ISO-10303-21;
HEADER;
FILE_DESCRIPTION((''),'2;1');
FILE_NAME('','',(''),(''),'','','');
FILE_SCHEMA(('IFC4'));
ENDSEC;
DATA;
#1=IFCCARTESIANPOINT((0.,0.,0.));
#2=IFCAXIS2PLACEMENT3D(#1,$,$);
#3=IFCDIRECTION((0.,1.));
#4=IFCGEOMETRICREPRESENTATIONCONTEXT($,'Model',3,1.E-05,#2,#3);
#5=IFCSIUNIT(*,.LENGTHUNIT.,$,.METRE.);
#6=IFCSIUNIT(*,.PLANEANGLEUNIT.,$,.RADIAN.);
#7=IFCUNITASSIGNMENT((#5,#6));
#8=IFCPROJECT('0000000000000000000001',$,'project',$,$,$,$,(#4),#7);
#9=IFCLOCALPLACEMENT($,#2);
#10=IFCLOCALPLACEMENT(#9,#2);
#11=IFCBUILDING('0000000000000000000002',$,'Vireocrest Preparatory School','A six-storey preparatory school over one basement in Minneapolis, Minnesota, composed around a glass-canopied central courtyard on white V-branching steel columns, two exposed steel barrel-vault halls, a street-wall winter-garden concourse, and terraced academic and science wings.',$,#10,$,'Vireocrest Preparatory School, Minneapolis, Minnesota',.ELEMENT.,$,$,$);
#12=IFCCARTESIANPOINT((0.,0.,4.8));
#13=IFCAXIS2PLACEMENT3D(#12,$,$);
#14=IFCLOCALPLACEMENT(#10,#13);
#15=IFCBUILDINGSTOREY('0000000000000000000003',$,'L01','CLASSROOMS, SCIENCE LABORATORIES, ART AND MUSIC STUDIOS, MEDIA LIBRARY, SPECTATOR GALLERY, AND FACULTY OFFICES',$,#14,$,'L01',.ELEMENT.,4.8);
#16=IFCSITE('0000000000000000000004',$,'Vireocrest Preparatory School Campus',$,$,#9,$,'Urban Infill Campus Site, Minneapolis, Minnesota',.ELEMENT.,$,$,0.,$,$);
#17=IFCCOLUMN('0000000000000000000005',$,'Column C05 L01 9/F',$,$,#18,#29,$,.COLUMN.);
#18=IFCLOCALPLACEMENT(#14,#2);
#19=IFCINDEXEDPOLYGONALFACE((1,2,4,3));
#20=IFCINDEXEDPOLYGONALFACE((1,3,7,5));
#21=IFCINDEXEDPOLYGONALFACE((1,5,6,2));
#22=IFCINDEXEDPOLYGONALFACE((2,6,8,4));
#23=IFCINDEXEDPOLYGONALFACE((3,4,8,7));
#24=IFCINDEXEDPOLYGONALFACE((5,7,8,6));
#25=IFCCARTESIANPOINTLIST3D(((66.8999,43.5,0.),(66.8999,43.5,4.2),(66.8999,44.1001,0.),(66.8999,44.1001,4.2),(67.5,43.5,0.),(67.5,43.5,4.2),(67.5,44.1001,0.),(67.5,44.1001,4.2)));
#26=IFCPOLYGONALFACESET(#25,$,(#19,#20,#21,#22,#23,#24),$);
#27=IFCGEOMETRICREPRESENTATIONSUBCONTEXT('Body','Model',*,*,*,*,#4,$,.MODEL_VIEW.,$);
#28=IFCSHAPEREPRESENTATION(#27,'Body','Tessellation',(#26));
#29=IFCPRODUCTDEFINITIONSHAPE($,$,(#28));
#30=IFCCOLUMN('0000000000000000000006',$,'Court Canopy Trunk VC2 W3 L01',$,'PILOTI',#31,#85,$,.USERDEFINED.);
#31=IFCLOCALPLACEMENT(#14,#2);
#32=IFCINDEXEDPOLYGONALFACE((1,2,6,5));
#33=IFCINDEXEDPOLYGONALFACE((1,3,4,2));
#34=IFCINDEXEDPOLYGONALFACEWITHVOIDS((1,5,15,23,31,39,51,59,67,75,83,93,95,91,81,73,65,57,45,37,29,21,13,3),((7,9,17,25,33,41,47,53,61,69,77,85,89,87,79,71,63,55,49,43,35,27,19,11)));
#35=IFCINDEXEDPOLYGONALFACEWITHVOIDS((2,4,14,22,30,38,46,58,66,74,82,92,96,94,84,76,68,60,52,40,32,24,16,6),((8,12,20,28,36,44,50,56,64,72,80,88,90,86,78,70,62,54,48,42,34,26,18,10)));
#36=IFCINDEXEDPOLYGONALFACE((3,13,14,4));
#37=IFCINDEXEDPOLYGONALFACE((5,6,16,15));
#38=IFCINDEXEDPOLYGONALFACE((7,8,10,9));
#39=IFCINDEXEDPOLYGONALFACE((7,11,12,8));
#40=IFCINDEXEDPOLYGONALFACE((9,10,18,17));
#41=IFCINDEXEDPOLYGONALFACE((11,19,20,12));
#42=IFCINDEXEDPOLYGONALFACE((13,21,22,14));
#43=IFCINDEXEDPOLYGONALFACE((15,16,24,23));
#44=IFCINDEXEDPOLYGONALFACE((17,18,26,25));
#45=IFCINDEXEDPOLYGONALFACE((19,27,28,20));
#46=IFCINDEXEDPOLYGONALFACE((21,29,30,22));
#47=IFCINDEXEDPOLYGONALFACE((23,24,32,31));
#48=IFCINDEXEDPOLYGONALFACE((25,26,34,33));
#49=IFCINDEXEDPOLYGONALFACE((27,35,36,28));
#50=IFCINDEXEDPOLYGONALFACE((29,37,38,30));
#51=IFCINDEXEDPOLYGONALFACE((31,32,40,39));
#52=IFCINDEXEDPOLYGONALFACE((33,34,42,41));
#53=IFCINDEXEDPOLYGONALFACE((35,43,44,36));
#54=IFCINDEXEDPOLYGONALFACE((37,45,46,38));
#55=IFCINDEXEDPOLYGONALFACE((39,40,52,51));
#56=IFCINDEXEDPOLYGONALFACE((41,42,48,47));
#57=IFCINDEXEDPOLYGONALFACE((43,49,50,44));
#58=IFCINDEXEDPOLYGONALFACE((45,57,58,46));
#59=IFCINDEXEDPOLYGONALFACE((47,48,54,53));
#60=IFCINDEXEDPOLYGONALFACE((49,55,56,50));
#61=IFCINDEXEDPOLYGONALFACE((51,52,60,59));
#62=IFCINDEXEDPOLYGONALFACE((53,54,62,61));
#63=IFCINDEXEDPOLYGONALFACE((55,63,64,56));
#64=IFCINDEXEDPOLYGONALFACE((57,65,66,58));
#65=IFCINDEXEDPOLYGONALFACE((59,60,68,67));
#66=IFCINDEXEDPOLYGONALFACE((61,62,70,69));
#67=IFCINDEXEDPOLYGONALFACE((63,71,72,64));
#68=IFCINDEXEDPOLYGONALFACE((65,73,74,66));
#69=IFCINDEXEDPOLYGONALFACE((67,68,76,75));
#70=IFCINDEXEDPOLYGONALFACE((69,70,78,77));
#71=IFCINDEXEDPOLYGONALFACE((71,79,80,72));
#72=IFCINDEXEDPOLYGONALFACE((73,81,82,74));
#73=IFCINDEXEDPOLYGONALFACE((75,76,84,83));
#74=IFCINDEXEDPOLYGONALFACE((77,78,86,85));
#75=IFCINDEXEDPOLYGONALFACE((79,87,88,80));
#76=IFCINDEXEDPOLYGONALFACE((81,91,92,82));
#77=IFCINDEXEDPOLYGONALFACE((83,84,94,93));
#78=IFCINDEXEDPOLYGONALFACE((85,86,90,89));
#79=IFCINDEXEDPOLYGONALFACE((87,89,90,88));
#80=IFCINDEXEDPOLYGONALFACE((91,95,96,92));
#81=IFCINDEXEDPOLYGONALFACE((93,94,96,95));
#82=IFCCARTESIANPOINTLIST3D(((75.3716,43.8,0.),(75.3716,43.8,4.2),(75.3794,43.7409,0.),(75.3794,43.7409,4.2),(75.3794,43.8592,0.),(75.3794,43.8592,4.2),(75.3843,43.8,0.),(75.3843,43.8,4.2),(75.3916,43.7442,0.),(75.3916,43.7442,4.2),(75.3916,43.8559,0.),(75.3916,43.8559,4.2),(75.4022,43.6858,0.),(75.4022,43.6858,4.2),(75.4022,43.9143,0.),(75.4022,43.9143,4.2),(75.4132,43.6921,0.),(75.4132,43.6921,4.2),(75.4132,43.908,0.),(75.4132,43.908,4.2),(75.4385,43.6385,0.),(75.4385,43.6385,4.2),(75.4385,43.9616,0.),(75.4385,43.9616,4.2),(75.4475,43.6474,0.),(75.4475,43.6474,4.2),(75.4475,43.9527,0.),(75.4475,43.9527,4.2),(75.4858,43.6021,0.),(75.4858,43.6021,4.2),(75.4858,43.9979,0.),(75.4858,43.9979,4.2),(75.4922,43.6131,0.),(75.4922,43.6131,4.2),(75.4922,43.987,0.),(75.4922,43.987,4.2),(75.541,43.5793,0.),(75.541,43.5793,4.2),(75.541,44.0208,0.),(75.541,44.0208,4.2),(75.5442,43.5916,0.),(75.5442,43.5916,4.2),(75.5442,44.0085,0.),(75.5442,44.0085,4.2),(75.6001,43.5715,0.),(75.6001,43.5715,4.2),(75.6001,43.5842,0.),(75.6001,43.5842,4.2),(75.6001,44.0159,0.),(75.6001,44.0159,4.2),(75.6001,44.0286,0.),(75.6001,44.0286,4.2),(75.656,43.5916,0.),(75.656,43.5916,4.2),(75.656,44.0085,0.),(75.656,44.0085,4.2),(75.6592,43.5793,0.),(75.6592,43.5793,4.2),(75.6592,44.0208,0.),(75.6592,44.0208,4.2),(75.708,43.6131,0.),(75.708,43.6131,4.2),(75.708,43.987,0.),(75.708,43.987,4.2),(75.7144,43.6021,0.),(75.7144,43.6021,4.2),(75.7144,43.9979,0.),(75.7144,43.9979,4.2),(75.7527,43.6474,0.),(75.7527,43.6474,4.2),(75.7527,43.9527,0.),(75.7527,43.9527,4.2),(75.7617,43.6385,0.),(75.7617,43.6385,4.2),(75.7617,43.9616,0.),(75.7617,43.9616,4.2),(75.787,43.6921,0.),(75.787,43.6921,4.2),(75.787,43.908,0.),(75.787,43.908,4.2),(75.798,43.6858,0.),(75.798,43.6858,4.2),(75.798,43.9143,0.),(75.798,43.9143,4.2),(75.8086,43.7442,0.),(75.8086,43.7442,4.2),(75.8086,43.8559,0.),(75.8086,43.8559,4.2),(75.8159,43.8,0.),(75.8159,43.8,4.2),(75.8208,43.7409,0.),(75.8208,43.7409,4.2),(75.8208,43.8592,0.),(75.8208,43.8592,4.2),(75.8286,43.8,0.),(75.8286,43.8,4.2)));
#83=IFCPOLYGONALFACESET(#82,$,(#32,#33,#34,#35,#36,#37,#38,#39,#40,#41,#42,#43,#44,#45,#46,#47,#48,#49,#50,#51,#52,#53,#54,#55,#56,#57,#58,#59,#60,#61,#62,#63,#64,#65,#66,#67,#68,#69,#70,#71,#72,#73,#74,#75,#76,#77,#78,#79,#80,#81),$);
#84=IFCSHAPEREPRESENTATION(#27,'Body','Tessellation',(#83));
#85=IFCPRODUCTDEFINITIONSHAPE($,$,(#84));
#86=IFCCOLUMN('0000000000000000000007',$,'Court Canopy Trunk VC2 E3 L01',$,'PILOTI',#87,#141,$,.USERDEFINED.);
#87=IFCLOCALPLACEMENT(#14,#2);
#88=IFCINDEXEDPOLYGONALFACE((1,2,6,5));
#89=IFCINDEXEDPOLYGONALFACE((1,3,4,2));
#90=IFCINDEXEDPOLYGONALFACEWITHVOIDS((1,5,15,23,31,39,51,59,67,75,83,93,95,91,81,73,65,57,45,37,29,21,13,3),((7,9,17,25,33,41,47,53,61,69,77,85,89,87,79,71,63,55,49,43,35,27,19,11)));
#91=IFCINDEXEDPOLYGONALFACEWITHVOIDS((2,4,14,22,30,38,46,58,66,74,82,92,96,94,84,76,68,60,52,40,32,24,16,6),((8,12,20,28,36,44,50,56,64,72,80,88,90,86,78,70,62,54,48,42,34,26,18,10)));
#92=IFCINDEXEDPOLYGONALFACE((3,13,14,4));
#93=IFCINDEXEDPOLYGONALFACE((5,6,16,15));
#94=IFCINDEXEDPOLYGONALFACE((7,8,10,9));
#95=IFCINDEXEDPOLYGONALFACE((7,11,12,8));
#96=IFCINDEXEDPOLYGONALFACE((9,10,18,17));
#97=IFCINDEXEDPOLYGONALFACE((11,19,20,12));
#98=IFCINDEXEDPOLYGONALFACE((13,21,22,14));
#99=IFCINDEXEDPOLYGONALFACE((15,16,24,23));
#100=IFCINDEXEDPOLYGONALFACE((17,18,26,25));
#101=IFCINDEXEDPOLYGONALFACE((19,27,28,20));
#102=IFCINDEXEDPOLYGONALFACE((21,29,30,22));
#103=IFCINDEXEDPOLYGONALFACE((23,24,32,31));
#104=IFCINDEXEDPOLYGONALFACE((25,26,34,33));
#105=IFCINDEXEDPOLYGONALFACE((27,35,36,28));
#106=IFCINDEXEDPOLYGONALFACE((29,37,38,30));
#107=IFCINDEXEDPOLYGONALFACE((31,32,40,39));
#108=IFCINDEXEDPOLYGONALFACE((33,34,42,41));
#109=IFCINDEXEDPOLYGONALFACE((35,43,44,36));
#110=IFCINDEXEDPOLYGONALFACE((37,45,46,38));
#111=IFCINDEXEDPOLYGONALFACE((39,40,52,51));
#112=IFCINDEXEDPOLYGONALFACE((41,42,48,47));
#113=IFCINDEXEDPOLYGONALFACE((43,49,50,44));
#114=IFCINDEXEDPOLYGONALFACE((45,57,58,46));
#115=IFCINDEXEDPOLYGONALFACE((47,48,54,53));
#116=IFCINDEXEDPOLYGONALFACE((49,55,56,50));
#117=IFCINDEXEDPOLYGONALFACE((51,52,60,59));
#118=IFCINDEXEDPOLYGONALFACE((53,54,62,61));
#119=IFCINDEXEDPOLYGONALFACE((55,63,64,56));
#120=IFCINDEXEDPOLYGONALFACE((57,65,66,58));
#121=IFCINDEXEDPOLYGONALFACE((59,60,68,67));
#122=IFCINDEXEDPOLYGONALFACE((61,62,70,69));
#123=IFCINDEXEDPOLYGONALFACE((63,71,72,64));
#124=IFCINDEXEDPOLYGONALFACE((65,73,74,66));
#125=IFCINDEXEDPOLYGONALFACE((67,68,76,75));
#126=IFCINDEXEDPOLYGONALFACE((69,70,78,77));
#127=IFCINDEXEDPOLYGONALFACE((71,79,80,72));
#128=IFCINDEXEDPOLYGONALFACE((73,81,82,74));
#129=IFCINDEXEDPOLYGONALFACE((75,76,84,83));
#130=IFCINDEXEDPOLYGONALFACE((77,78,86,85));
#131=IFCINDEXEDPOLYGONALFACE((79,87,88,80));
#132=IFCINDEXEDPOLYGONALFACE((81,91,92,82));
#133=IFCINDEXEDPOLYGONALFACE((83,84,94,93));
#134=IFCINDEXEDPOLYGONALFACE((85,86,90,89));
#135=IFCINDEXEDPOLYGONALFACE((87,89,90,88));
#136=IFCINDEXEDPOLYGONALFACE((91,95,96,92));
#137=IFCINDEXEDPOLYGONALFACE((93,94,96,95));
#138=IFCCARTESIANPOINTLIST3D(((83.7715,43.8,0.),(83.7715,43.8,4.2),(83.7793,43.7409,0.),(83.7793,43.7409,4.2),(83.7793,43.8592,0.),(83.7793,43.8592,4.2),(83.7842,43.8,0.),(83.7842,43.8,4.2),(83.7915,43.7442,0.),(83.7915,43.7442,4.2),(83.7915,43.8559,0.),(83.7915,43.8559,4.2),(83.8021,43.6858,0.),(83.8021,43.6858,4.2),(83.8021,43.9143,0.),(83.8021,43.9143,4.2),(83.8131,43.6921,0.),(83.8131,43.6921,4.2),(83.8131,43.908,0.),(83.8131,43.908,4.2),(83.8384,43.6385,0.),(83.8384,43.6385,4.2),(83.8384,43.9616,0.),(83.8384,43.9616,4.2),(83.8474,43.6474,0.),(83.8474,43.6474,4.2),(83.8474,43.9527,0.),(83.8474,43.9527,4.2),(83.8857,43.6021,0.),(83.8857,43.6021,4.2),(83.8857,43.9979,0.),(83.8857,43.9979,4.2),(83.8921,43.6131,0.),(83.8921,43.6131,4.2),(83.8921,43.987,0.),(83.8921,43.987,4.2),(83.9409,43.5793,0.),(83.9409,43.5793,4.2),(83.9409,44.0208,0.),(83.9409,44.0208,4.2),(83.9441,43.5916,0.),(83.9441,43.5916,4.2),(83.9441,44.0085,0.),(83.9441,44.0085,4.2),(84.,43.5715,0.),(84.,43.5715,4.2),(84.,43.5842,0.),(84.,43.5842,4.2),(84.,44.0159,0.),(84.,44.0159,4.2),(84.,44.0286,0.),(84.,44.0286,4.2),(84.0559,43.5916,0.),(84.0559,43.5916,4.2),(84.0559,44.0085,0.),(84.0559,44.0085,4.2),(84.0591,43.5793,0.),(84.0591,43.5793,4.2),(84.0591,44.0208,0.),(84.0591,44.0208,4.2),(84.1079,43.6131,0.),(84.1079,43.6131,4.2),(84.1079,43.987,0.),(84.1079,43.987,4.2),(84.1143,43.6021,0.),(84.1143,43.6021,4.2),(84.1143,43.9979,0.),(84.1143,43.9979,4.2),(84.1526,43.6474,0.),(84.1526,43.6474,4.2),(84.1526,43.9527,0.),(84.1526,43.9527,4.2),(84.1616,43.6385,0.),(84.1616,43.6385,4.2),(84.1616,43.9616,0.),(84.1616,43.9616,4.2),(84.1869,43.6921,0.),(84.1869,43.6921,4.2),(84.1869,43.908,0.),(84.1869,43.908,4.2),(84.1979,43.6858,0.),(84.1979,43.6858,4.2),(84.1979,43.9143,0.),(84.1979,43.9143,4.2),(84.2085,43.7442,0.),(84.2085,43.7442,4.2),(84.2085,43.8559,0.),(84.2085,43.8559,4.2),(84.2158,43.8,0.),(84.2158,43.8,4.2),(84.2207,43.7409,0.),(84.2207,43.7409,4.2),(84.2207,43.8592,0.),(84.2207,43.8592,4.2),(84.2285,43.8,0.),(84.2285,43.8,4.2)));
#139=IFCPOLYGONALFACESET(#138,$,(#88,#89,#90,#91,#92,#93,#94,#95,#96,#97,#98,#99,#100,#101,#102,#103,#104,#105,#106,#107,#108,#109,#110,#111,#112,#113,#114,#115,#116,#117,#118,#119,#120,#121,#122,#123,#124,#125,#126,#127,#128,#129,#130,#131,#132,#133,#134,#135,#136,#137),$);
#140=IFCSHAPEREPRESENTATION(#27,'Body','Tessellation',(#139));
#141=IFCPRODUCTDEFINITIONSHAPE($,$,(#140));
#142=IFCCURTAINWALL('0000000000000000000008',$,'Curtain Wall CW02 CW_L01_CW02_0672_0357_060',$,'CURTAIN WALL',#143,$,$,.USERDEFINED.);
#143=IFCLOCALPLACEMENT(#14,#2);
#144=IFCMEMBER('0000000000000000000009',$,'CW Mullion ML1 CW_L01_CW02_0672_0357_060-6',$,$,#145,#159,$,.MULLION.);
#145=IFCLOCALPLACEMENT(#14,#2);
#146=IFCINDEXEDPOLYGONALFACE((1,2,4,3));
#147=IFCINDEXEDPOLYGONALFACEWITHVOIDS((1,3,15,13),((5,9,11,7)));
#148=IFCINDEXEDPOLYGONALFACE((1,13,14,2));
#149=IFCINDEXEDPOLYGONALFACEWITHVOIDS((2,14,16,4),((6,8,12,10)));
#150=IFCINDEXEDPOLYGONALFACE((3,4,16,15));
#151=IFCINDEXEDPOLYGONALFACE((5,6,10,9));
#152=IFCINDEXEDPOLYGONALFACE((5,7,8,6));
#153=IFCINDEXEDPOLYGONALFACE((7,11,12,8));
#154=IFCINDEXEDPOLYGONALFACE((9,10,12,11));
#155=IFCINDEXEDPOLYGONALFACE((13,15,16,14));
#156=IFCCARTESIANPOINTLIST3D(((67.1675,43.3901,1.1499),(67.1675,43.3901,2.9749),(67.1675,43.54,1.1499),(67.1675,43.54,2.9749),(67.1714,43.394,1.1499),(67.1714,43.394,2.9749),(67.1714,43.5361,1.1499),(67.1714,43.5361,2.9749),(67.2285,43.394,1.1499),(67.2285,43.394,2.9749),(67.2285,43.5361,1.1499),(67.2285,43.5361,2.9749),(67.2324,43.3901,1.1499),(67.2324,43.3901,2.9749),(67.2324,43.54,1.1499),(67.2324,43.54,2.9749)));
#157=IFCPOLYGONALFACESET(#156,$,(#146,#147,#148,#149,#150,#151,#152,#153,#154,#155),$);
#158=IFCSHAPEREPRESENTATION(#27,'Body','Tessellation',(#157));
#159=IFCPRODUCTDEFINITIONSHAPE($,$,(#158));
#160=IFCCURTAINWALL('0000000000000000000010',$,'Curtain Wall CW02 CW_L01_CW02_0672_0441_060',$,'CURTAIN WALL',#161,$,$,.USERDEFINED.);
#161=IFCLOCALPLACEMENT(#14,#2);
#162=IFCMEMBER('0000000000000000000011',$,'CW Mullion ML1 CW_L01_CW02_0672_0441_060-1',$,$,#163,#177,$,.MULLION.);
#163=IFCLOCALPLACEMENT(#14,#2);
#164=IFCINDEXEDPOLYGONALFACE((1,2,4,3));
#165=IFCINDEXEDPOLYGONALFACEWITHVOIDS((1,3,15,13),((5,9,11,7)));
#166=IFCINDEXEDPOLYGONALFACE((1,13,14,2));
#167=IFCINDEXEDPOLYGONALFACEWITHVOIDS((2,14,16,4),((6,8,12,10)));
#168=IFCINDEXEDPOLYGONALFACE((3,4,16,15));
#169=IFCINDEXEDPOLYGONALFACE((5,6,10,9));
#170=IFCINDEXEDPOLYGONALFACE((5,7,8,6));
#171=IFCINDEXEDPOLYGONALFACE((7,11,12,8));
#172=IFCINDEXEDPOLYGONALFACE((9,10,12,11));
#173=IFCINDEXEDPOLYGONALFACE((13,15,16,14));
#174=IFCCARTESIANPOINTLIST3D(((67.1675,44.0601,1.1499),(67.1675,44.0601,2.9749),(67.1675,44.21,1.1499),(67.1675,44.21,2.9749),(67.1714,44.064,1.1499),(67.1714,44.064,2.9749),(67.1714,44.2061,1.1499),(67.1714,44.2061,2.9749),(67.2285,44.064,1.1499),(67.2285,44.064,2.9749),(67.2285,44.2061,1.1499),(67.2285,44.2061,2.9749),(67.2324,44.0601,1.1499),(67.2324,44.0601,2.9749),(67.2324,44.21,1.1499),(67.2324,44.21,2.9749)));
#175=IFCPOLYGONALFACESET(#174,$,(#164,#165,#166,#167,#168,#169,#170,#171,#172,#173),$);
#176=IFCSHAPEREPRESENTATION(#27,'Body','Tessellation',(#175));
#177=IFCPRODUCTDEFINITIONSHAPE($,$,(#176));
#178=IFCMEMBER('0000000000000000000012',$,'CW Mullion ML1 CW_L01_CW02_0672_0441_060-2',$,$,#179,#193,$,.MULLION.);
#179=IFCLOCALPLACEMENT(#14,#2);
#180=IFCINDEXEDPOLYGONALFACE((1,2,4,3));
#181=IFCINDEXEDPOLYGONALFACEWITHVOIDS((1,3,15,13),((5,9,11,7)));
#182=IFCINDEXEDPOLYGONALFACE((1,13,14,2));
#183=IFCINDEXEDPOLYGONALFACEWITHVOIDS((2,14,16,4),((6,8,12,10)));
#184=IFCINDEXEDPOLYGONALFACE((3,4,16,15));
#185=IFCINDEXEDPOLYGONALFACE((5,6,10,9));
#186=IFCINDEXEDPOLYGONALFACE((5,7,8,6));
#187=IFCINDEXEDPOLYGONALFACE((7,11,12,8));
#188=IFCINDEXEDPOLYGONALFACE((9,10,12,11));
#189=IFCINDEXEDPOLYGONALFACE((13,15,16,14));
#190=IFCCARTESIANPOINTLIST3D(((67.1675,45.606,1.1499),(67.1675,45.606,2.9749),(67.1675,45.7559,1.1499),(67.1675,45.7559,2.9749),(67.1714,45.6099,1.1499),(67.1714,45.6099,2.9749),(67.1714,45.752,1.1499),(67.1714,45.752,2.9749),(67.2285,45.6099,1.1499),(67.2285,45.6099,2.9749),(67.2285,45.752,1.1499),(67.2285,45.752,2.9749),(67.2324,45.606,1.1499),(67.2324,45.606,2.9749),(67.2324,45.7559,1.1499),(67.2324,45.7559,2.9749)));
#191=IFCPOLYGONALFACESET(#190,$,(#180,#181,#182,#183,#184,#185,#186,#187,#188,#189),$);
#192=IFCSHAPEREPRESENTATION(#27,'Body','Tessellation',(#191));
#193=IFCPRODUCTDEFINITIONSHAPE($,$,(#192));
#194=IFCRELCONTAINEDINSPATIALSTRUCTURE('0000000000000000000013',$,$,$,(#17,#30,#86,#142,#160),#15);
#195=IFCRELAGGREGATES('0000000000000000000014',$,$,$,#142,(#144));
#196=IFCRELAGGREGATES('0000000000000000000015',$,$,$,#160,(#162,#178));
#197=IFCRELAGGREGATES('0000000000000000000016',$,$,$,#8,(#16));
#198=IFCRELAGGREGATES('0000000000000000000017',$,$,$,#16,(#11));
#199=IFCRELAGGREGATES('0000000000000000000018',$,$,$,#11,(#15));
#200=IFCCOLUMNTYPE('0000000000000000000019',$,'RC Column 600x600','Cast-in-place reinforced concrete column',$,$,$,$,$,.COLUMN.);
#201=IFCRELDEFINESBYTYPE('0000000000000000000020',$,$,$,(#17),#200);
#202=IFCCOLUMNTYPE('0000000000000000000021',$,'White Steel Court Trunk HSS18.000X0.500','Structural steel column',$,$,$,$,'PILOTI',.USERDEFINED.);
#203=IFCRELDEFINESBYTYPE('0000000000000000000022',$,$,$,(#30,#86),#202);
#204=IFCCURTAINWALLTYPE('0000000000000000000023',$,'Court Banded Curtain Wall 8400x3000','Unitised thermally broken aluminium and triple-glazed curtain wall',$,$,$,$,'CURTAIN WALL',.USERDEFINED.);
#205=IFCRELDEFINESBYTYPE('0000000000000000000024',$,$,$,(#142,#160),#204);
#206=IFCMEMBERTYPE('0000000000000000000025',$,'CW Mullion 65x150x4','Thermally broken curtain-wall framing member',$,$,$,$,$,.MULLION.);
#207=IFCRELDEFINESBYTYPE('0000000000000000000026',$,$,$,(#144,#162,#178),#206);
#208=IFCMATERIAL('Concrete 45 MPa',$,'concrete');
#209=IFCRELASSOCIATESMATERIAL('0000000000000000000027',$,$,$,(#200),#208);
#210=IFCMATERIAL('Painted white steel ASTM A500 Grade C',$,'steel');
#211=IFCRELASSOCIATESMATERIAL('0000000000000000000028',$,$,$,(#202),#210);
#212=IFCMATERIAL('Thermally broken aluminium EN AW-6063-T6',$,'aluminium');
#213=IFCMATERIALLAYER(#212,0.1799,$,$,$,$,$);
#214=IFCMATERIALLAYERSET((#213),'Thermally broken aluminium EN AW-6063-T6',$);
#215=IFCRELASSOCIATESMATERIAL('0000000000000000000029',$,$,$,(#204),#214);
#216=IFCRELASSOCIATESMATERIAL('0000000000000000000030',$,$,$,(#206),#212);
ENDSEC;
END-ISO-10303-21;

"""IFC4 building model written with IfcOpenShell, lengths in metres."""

from ifc_helpers import new_model, si_unit, direction, frame, origin, origin_2d, place, context, subcontext, project, spatial, rectangle, hollow_rectangle, hollow_circle, extrude, material, layer, layer_set, material_profile, profile_set, type_object, element, aggregate, save


model = new_model("IFC4")

# Units and contexts
model_context = context("Model", 3, precision=1e-05, world=origin(), true_north=direction((0.0, 1.0)))
body_context = subcontext(model_context, "Body", "Model", "MODEL_VIEW")
ifc_project = project(units=[si_unit("LENGTHUNIT", "METRE"), si_unit("PLANEANGLEUNIT", "RADIAN")], contexts=[model_context])

# Site, building, storey
site_placement = place(None, origin())
site = spatial("IfcSite", under=ifc_project, at=site_placement, Name="Vireocrest Preparatory School Campus", LongName="Urban Infill Campus Site, Minneapolis, Minnesota", CompositionType="ELEMENT", RefElevation=0.0)
building_placement = place(site_placement, origin())
building = spatial("IfcBuilding", under=site, at=building_placement, Name="Vireocrest Preparatory School", Description="A six-storey preparatory school over one basement in Minneapolis, Minnesota, composed around a glass-canopied central courtyard on white V-branching steel columns, two exposed steel barrel-vault halls, a street-wall winter-garden concourse, and terraced academic and science wings.", LongName="Vireocrest Preparatory School, Minneapolis, Minnesota", CompositionType="ELEMENT")
storey_placement = place(building_placement, frame((0.0, 0.0, 4.8)))
storey = spatial("IfcBuildingStorey", under=building, at=storey_placement, Name="L01", Description="CLASSROOMS, SCIENCE LABORATORIES, ART AND MUSIC STUDIOS, MEDIA LIBRARY, SPECTATOR GALLERY, AND FACULTY OFFICES", LongName="L01", CompositionType="ELEMENT", Elevation=4.8)

# Columns
ifc_material_1 = material(Name="Concrete 45 MPa", Category="concrete")
ifc_material_profile_1 = material_profile(ifc_material_1, rectangle(XDim=0.6001, YDim=0.6001, at=origin_2d()), Name="RC 600x600")
ifc_profile_set_1 = profile_set([ifc_material_profile_1], Name="Concrete 45 MPa")
column_type_1 = type_object("IfcColumnType", Name="RC Column 600x600", Description="Cast-in-place reinforced concrete column", PredefinedType="COLUMN", material=ifc_profile_set_1)
column_placement = place(storey_placement, frame((67.2, 43.8, 0.0), z_axis=(0.0, 0.0, 1.0), x_axis=(1.0, 0.0, 0.0)))
element("IfcColumn", 1, at=column_placement, inside=storey, type_object=column_type_1, Name="Column C05 L01 9/F", PredefinedType="COLUMN", context=body_context, shape_type="SweptSolid", body=[
    extrude(rectangle(XDim=0.6001, YDim=0.6001, at=origin_2d()), origin(), (0.0, 0.0, 1.0), 4.2),
])
ifc_material_2 = material(Name="Painted white steel ASTM A500 Grade C", Category="steel")
ifc_material_profile_2 = material_profile(ifc_material_2, hollow_circle(Radius=0.2285, WallThickness=0.0127, at=origin_2d()), Name="HSS18.000X0.500")
ifc_profile_set_2 = profile_set([ifc_material_profile_2], Name="Painted white steel ASTM A500 Grade C")
column_type_2 = type_object("IfcColumnType", Name="White Steel Court Trunk HSS18.000X0.500", Description="Structural steel column", ElementType="PILOTI", PredefinedType="USERDEFINED", material=ifc_profile_set_2)
for number, where, z_axis, x_axis, name in (
    (2, (75.6001, 43.8, 0.0), (0.0, 0.0, 1.0), (1.0, 0.0, 0.0), "Court Canopy Trunk VC2 W3 L01"),
    (3, (84.0, 43.8, 0.0), (0.0, 0.0, 1.0), (1.0, 0.0, 0.0), "Court Canopy Trunk VC2 E3 L01"),
):
    element("IfcColumn", number, at=place(storey_placement, frame(where, z_axis=z_axis, x_axis=x_axis)), inside=storey, type_object=column_type_2, Name=name, ObjectType="PILOTI", PredefinedType="USERDEFINED", context=body_context, shape_type="SweptSolid", body=[
        extrude(hollow_circle(Radius=0.2285, WallThickness=0.0127, at=origin_2d()), origin(), (0.0, 0.0, 1.0), 4.2),
    ])

# Curtain wall, member
ifc_material_3 = material(Name="Thermally broken aluminium EN AW-6063-T6", Category="aluminium")
ifc_layer_1 = layer(ifc_material_3, 0.1799)
ifc_layer_set_1 = layer_set([ifc_layer_1], Name="Thermally broken aluminium EN AW-6063-T6")
curtain_wall_type = type_object("IfcCurtainWallType", Name="Court Banded Curtain Wall 8400x3000", Description="Unitised thermally broken aluminium and triple-glazed curtain wall", ElementType="CURTAIN WALL", PredefinedType="USERDEFINED", material=ifc_layer_set_1)
curtain_wall_1_placement = place(storey_placement, origin())
curtain_wall_1 = element("IfcCurtainWall", 4, at=curtain_wall_1_placement, inside=storey, type_object=curtain_wall_type, Name="Curtain Wall CW02 CW_L01_CW02_0672_0357_060", ObjectType="CURTAIN WALL", PredefinedType="USERDEFINED")
ifc_material_profile_3 = material_profile(ifc_material_3, hollow_rectangle(XDim=0.0649, YDim=0.1499, WallThickness=0.0039, at=origin_2d()), Name="ALU 65x150x4")
ifc_profile_set_3 = profile_set([ifc_material_profile_3], Name="Thermally broken aluminium EN AW-6063-T6")
member_type_1 = type_object("IfcMemberType", Name="CW Mullion 65x150x4", Description="Thermally broken curtain-wall framing member", PredefinedType="MULLION", material=ifc_profile_set_3)
member_1_placement = place(storey_placement, frame((67.2, 43.4651, 1.1499), z_axis=(0.0, 0.0, 1.0), x_axis=(1.0, 0.0, 0.0)))
member_1 = element("IfcMember", 5, at=member_1_placement, type_object=member_type_1, Name="CW Mullion ML1 CW_L01_CW02_0672_0357_060-6", PredefinedType="MULLION", context=body_context, shape_type="SweptSolid", body=[
    extrude(hollow_rectangle(XDim=0.0649, YDim=0.1499, WallThickness=0.0039, at=origin_2d()), origin(), (0.0, 0.0, 1.0), 1.825),
])
aggregate(curtain_wall_1, [member_1])

# Curtain wall, members
curtain_wall_2_placement = place(storey_placement, origin())
curtain_wall_2 = element("IfcCurtainWall", 6, at=curtain_wall_2_placement, inside=storey, type_object=curtain_wall_type, Name="Curtain Wall CW02 CW_L01_CW02_0672_0441_060", ObjectType="CURTAIN WALL", PredefinedType="USERDEFINED")
member_2_placement = place(storey_placement, frame((67.2, 44.135, 1.1499), z_axis=(0.0, 0.0, 1.0), x_axis=(1.0, 0.0, 0.0)))
member_2 = element("IfcMember", 7, at=member_2_placement, type_object=member_type_1, Name="CW Mullion ML1 CW_L01_CW02_0672_0441_060-1", PredefinedType="MULLION", context=body_context, shape_type="SweptSolid", body=[
    extrude(hollow_rectangle(XDim=0.0649, YDim=0.1499, WallThickness=0.0039, at=origin_2d()), origin(), (0.0, 0.0, 1.0), 1.825),
])
member_3_placement = place(storey_placement, frame((67.2, 45.6809, 1.1499), z_axis=(0.0, 0.0, 1.0), x_axis=(1.0, 0.0, 0.0)))
member_3 = element("IfcMember", 8, at=member_3_placement, type_object=member_type_1, Name="CW Mullion ML1 CW_L01_CW02_0672_0441_060-2", PredefinedType="MULLION", context=body_context, shape_type="SweptSolid", body=[
    extrude(hollow_rectangle(XDim=0.0649, YDim=0.1499, WallThickness=0.0039, at=origin_2d()), origin(), (0.0, 0.0, 1.0), 1.825),
])

aggregate(curtain_wall_2, [member_2, member_3])

save(model, "model.ifc")
